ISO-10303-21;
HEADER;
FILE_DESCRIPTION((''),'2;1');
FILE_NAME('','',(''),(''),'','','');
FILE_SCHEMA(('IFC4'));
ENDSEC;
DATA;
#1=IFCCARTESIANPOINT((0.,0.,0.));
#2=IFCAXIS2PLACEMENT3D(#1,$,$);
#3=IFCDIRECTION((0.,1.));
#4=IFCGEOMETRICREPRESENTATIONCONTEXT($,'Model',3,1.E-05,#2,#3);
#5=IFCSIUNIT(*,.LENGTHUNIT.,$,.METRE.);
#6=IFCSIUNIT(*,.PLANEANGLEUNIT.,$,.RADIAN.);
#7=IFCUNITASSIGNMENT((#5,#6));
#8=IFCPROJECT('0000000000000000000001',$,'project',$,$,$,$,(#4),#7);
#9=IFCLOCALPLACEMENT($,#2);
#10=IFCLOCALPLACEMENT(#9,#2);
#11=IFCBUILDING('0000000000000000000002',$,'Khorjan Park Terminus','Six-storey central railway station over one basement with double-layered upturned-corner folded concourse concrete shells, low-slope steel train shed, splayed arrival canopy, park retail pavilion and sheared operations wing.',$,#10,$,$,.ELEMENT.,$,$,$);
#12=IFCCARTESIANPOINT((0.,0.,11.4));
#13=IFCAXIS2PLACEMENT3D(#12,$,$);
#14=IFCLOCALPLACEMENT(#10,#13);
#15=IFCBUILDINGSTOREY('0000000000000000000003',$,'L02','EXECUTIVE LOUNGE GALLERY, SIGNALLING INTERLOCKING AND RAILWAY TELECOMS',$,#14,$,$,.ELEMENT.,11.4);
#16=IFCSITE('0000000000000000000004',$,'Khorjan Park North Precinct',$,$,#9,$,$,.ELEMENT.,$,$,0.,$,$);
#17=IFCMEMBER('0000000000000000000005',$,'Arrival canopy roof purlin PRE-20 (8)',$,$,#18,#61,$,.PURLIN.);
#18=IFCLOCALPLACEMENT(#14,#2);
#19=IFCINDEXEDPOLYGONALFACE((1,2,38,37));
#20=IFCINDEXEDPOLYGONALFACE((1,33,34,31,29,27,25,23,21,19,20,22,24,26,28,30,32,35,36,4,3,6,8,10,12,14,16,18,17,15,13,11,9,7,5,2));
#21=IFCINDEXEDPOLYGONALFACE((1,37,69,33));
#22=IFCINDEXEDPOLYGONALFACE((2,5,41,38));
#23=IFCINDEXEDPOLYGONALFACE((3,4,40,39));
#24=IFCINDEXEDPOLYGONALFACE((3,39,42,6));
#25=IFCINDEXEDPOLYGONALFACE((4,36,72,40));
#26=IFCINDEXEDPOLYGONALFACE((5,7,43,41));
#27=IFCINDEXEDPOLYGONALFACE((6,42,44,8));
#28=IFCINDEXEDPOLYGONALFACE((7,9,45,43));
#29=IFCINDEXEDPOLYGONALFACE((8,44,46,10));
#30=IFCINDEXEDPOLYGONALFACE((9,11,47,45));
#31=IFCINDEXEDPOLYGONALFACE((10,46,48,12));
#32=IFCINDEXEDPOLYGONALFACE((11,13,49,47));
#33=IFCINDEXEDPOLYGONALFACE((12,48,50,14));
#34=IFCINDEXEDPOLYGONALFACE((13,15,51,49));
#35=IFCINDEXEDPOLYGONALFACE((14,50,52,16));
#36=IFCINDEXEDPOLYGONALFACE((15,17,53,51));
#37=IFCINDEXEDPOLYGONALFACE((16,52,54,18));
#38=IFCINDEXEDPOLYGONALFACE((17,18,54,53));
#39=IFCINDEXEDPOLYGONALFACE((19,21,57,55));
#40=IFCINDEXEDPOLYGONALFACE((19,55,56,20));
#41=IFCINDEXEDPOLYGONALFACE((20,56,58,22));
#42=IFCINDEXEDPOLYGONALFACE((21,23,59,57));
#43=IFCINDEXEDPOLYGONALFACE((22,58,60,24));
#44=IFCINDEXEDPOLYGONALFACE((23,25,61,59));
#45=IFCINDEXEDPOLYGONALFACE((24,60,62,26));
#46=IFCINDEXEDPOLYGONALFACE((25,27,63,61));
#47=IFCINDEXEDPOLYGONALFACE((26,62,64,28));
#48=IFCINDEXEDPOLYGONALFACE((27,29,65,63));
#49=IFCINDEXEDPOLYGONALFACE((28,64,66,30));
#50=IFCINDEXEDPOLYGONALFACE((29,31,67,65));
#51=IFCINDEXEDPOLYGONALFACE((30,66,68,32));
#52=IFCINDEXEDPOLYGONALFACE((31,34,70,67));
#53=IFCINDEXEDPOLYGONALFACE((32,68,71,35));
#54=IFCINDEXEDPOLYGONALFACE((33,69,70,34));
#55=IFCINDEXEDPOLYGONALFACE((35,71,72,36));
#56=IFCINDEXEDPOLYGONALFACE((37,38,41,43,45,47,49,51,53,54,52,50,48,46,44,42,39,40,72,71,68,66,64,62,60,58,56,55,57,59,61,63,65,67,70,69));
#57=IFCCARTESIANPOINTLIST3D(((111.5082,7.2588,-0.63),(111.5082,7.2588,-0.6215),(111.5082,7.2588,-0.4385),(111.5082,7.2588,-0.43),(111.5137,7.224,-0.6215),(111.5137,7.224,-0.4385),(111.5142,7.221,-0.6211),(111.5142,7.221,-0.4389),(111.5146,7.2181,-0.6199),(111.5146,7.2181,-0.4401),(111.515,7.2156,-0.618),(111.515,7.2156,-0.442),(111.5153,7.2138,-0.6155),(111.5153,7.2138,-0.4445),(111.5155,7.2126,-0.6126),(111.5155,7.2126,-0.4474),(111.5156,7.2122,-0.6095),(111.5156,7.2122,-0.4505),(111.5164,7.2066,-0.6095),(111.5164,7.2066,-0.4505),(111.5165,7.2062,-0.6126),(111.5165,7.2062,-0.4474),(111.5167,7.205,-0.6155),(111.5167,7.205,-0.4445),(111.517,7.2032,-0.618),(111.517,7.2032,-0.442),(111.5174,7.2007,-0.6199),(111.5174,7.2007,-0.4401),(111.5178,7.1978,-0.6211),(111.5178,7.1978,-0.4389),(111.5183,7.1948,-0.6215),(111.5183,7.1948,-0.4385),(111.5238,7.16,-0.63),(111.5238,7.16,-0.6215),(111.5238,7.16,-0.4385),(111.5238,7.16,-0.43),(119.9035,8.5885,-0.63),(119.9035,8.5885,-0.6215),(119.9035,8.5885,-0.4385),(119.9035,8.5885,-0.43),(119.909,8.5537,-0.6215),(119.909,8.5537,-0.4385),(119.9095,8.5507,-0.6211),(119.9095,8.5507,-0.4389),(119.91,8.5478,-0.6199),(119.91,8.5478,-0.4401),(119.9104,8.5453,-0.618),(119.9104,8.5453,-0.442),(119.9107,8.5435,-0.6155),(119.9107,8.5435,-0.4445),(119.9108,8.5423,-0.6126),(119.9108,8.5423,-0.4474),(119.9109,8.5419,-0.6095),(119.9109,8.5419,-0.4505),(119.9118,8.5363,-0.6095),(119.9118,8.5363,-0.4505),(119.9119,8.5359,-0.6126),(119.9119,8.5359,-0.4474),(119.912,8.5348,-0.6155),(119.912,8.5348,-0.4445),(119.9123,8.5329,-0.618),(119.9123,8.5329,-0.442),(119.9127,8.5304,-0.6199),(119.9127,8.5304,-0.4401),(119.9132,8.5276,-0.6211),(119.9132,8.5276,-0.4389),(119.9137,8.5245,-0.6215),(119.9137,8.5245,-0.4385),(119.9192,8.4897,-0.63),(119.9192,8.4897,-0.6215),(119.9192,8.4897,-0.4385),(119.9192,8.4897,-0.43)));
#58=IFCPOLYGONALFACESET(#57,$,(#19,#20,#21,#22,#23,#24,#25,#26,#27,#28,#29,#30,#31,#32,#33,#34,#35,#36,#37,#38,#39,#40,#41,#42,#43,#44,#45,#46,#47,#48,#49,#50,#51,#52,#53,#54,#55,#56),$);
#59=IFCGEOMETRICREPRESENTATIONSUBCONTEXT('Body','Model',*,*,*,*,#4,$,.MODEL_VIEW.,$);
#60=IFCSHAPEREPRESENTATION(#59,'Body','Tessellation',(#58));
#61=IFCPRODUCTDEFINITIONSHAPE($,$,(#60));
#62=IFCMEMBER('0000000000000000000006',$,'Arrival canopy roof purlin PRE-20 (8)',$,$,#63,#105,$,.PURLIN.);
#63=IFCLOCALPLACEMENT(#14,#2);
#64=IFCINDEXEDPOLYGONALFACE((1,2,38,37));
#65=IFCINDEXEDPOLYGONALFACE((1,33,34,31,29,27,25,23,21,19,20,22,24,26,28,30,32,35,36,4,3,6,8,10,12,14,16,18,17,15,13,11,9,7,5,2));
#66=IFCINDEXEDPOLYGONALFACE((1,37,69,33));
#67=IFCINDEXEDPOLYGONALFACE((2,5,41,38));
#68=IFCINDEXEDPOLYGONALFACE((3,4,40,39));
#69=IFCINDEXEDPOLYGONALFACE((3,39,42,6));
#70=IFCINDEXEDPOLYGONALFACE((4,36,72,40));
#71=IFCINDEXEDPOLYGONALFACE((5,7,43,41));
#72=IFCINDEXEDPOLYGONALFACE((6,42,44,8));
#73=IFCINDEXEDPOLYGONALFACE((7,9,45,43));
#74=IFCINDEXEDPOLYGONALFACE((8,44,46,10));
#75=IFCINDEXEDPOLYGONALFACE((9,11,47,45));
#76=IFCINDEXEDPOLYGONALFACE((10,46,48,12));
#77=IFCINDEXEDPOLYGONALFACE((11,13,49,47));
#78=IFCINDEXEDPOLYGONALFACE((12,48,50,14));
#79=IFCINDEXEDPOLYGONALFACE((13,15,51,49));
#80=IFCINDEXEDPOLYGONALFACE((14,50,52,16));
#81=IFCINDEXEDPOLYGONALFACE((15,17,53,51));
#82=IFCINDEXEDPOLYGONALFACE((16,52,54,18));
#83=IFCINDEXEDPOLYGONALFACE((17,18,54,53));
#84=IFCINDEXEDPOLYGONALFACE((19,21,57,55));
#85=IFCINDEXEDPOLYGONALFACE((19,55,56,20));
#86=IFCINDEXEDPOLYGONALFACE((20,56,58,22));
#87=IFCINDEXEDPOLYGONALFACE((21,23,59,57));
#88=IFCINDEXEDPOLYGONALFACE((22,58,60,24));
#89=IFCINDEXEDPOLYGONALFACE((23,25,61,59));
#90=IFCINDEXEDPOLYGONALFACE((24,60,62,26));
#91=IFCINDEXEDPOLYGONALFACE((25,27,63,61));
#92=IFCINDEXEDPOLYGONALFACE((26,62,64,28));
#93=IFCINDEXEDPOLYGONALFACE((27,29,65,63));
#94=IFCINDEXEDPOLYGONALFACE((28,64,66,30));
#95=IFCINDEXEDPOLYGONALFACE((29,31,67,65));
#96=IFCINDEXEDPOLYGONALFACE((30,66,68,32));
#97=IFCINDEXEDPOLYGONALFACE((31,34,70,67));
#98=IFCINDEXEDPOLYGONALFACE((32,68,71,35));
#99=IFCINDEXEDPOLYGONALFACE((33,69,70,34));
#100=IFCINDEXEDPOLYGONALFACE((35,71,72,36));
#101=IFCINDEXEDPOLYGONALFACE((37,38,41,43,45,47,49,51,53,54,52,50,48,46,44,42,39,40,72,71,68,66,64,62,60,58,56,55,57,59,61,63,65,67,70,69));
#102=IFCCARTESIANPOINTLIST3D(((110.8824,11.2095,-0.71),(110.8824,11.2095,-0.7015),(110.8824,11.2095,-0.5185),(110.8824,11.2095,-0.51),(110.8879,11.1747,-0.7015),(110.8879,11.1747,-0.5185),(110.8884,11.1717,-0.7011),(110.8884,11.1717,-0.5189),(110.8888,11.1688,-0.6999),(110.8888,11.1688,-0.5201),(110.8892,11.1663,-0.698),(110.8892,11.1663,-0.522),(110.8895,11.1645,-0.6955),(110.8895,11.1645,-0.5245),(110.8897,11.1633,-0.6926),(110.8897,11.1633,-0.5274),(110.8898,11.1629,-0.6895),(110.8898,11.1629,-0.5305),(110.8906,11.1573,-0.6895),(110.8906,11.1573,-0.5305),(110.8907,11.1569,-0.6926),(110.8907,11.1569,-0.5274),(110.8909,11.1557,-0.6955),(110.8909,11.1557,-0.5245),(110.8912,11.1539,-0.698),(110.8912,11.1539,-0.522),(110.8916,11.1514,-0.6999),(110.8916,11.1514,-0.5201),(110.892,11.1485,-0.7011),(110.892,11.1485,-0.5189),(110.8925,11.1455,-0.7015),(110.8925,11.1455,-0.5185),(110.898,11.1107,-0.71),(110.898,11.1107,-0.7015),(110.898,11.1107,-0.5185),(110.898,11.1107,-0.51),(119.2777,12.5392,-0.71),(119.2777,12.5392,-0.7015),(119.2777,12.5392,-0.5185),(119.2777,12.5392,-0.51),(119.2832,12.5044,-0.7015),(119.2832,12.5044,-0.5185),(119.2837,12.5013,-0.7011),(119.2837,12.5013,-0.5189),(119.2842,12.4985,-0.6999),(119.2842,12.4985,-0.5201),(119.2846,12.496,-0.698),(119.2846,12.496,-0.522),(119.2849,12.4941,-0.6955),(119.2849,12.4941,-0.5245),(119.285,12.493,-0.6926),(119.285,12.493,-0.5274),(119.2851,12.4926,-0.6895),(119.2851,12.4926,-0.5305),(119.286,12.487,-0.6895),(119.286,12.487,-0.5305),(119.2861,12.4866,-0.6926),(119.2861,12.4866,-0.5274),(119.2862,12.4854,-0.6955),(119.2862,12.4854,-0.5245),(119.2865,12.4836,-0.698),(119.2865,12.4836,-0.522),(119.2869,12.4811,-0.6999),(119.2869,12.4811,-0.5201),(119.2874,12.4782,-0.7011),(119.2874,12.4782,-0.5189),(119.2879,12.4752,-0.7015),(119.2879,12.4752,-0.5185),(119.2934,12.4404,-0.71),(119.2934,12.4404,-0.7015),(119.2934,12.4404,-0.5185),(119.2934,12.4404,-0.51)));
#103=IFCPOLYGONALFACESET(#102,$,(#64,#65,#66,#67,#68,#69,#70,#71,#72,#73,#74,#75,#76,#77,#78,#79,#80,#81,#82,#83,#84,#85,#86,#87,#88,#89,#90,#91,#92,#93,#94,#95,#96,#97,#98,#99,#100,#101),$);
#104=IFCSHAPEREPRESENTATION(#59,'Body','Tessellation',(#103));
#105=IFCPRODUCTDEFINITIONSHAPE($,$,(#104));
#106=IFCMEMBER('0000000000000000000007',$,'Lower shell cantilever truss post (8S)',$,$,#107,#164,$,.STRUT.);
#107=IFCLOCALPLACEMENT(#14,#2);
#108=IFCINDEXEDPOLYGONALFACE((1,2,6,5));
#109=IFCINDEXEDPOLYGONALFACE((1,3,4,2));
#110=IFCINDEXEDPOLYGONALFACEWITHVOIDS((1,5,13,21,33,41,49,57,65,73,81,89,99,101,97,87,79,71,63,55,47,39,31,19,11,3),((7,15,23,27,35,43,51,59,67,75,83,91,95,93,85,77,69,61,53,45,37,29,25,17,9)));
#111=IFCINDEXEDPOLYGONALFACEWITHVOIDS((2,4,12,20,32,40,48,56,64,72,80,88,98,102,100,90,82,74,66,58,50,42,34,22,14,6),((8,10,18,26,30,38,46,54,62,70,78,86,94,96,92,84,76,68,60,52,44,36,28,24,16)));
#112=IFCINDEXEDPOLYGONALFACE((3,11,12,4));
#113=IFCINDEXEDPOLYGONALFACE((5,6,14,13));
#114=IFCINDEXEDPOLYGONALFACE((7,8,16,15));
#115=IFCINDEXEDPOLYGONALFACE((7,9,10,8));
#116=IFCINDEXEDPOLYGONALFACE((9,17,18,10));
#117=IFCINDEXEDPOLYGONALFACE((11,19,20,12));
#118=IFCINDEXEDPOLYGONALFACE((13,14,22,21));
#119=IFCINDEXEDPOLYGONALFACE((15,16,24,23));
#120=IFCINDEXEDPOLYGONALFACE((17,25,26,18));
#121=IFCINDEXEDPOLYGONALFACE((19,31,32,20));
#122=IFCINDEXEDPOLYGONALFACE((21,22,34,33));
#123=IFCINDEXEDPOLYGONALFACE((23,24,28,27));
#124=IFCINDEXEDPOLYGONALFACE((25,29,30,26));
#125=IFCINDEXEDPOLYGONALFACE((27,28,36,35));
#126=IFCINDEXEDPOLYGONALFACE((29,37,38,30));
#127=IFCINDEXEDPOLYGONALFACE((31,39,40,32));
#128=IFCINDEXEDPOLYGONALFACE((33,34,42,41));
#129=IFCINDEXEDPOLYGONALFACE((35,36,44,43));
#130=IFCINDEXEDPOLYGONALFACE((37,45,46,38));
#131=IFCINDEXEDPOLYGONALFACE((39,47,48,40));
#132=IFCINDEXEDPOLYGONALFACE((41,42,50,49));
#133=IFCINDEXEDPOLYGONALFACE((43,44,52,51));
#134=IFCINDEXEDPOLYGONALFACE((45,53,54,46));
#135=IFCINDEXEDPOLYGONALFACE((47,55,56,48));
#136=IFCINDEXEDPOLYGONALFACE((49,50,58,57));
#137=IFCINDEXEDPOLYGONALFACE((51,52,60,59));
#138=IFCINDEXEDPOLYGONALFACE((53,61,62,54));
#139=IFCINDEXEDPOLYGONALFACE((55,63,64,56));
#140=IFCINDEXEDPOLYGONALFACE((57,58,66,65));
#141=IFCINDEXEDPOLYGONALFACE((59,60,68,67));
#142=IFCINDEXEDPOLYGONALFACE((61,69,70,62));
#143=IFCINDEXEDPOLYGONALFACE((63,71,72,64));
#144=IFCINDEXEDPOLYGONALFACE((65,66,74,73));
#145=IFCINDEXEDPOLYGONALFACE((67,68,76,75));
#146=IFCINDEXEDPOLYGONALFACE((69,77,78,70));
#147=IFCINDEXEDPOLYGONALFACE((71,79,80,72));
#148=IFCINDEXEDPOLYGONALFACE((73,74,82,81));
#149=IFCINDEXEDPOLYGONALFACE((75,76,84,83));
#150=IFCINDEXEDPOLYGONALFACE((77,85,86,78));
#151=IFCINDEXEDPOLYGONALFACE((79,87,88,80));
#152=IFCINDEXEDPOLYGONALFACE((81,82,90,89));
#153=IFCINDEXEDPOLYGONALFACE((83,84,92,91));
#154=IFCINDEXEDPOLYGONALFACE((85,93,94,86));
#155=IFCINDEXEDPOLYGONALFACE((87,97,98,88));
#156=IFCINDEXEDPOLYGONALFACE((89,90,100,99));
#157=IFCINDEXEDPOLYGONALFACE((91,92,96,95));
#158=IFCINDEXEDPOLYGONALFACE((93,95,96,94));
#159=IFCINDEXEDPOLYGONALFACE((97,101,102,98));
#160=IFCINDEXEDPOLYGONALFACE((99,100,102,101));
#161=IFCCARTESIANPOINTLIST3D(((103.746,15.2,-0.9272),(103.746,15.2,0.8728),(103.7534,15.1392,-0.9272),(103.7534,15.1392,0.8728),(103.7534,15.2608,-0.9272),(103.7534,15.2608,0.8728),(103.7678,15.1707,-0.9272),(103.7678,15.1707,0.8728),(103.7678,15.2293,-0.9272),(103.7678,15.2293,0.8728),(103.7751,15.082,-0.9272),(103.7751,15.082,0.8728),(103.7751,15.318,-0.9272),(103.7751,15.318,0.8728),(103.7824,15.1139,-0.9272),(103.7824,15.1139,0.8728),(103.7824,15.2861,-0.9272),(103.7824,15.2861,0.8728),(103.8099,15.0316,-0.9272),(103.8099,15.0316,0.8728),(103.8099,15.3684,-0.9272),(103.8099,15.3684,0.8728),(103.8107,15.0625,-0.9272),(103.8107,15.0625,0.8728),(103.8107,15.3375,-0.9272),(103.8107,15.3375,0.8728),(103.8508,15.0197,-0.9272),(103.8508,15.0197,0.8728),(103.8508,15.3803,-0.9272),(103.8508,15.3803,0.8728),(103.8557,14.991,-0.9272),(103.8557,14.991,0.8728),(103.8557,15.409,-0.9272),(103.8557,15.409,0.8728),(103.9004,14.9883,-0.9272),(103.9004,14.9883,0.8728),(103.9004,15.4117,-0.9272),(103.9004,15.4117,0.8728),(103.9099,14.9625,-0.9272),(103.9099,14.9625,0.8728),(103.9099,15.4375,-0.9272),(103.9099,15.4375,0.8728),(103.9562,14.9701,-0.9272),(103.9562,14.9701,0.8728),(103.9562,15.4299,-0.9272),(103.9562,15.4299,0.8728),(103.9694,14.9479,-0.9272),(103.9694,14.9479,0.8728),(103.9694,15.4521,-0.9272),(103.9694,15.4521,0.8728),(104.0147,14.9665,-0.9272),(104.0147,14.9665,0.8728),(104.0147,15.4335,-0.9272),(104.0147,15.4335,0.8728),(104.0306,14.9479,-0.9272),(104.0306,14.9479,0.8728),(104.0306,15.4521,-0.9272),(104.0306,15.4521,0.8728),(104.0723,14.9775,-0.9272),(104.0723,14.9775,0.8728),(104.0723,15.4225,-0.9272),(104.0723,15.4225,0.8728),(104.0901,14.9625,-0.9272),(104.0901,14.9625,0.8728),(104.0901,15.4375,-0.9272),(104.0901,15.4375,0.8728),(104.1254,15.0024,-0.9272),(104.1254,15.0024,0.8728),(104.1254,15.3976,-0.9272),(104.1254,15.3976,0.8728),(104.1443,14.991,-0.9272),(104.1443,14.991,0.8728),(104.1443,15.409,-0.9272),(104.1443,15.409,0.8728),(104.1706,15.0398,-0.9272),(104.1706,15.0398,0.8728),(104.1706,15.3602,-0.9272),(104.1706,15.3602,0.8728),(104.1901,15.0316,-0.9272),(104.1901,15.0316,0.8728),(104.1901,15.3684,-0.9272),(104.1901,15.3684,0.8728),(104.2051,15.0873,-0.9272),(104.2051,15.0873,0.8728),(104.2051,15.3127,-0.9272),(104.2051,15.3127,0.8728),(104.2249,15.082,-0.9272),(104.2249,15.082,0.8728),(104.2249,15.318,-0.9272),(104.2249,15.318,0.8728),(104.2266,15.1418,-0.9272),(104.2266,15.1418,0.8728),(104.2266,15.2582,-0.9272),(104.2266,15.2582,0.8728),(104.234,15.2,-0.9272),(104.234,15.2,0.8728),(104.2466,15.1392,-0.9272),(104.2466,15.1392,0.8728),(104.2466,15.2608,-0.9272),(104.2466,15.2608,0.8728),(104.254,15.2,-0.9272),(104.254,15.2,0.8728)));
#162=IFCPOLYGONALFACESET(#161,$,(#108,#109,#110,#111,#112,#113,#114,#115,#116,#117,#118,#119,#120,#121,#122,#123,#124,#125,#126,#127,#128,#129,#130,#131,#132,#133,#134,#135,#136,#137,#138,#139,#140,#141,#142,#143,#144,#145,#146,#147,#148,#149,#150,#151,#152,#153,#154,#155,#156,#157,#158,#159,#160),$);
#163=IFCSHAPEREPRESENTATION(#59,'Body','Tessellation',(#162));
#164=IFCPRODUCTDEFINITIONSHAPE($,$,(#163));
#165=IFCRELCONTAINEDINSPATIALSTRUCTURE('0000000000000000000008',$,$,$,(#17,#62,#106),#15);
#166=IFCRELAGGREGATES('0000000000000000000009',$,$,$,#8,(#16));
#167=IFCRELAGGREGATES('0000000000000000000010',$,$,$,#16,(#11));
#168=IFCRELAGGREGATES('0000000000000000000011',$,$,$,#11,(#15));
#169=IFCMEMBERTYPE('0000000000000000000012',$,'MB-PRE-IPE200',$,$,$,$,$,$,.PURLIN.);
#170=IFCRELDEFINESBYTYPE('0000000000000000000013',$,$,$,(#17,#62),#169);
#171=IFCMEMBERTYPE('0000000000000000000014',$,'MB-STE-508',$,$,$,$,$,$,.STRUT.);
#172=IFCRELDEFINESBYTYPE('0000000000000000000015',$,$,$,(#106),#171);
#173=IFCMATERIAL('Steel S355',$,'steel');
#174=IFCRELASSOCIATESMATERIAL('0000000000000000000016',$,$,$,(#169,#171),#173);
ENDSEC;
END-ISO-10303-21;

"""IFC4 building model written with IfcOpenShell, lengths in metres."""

from ifc_helpers import new_model, si_unit, direction, frame, origin, origin_2d, place, context, subcontext, project, spatial, hollow_circle, i_section, extrude, material, material_profile, profile_set, type_object, element, save


model = new_model("IFC4")

# Units and contexts
model_context = context("Model", 3, precision=1e-05, world=origin(), true_north=direction((0.0, 1.0)))
body_context = subcontext(model_context, "Body", "Model", "MODEL_VIEW")
ifc_project = project(units=[si_unit("LENGTHUNIT", "METRE"), si_unit("PLANEANGLEUNIT", "RADIAN")], contexts=[model_context])

# Site, building, storey
site_placement = place(None, origin())
site = spatial("IfcSite", under=ifc_project, at=site_placement, Name="Khorjan Park North Precinct", CompositionType="ELEMENT", RefElevation=0.0)
building_placement = place(site_placement, origin())
building = spatial("IfcBuilding", under=site, at=building_placement, Name="Khorjan Park Terminus", Description="Six-storey central railway station over one basement with double-layered upturned-corner folded concourse concrete shells, low-slope steel train shed, splayed arrival canopy, park retail pavilion and sheared operations wing.", CompositionType="ELEMENT")
storey_placement = place(building_placement, frame((0.0, 0.0, 11.4)))
storey = spatial("IfcBuildingStorey", under=building, at=storey_placement, Name="L02", Description="EXECUTIVE LOUNGE GALLERY, SIGNALLING INTERLOCKING AND RAILWAY TELECOMS", CompositionType="ELEMENT", Elevation=11.4)

# Members
ifc_material_1 = material(Name="Steel S355", Category="steel")
ifc_material_profile_1 = material_profile(ifc_material_1, i_section(OverallWidth=0.1, OverallDepth=0.2, WebThickness=0.0056, FlangeThickness=0.0085, FilletRadius=0.012, at=origin_2d()), Name="IPE 200")
ifc_profile_set_1 = profile_set([ifc_material_profile_1], Name="Steel S355")
member_type_1 = type_object("IfcMemberType", Name="MB-PRE-IPE200", PredefinedType="PURLIN", material=ifc_profile_set_1)
for number, where, z_axis, x_axis, name in (
    (1, (111.516, 7.2094, -0.53), (0.987688, 0.156436, 0.0), (-0.156436, 0.987688, 0.0), "Arrival canopy roof purlin PRE-20 (8)"),
    (2, (110.8902, 11.1601, -0.61), (0.987688, 0.156434, 0.0), (-0.156434, 0.987688, 0.0), "Arrival canopy roof purlin PRE-20 (8)"),
):
    element("IfcMember", number, at=place(storey_placement, frame(where, z_axis=z_axis, x_axis=x_axis)), inside=storey, type_object=member_type_1, Name=name, PredefinedType="PURLIN", context=body_context, shape_type="SweptSolid", body=[
        extrude(i_section(OverallWidth=0.1, OverallDepth=0.2, WebThickness=0.0056, FlangeThickness=0.0085, FilletRadius=0.012, at=origin_2d()), origin(), (0.0, 0.0, 1.0), 8.5),
    ])
ifc_material_profile_2 = material_profile(ifc_material_1, hollow_circle(Radius=0.254, WallThickness=0.02, at=origin_2d()), Name="CHS 508x20")
ifc_profile_set_2 = profile_set([ifc_material_profile_2], Name="Steel S355")
member_type_2 = type_object("IfcMemberType", Name="MB-STE-508", PredefinedType="STRUT", material=ifc_profile_set_2)
member_1_placement = place(storey_placement, frame((104.0, 15.2, -0.9272), z_axis=(0.0, 0.0, 1.0), x_axis=(1.0, 0.0, 0.0)))
element("IfcMember", 3, at=member_1_placement, inside=storey, type_object=member_type_2, Name="Lower shell cantilever truss post (8S)", PredefinedType="STRUT", context=body_context, shape_type="SweptSolid", body=[
    extrude(hollow_circle(Radius=0.254, WallThickness=0.02, at=origin_2d()), origin(), (0.0, 0.0, 1.0), 1.8),
])

save(model, "model.ifc")
